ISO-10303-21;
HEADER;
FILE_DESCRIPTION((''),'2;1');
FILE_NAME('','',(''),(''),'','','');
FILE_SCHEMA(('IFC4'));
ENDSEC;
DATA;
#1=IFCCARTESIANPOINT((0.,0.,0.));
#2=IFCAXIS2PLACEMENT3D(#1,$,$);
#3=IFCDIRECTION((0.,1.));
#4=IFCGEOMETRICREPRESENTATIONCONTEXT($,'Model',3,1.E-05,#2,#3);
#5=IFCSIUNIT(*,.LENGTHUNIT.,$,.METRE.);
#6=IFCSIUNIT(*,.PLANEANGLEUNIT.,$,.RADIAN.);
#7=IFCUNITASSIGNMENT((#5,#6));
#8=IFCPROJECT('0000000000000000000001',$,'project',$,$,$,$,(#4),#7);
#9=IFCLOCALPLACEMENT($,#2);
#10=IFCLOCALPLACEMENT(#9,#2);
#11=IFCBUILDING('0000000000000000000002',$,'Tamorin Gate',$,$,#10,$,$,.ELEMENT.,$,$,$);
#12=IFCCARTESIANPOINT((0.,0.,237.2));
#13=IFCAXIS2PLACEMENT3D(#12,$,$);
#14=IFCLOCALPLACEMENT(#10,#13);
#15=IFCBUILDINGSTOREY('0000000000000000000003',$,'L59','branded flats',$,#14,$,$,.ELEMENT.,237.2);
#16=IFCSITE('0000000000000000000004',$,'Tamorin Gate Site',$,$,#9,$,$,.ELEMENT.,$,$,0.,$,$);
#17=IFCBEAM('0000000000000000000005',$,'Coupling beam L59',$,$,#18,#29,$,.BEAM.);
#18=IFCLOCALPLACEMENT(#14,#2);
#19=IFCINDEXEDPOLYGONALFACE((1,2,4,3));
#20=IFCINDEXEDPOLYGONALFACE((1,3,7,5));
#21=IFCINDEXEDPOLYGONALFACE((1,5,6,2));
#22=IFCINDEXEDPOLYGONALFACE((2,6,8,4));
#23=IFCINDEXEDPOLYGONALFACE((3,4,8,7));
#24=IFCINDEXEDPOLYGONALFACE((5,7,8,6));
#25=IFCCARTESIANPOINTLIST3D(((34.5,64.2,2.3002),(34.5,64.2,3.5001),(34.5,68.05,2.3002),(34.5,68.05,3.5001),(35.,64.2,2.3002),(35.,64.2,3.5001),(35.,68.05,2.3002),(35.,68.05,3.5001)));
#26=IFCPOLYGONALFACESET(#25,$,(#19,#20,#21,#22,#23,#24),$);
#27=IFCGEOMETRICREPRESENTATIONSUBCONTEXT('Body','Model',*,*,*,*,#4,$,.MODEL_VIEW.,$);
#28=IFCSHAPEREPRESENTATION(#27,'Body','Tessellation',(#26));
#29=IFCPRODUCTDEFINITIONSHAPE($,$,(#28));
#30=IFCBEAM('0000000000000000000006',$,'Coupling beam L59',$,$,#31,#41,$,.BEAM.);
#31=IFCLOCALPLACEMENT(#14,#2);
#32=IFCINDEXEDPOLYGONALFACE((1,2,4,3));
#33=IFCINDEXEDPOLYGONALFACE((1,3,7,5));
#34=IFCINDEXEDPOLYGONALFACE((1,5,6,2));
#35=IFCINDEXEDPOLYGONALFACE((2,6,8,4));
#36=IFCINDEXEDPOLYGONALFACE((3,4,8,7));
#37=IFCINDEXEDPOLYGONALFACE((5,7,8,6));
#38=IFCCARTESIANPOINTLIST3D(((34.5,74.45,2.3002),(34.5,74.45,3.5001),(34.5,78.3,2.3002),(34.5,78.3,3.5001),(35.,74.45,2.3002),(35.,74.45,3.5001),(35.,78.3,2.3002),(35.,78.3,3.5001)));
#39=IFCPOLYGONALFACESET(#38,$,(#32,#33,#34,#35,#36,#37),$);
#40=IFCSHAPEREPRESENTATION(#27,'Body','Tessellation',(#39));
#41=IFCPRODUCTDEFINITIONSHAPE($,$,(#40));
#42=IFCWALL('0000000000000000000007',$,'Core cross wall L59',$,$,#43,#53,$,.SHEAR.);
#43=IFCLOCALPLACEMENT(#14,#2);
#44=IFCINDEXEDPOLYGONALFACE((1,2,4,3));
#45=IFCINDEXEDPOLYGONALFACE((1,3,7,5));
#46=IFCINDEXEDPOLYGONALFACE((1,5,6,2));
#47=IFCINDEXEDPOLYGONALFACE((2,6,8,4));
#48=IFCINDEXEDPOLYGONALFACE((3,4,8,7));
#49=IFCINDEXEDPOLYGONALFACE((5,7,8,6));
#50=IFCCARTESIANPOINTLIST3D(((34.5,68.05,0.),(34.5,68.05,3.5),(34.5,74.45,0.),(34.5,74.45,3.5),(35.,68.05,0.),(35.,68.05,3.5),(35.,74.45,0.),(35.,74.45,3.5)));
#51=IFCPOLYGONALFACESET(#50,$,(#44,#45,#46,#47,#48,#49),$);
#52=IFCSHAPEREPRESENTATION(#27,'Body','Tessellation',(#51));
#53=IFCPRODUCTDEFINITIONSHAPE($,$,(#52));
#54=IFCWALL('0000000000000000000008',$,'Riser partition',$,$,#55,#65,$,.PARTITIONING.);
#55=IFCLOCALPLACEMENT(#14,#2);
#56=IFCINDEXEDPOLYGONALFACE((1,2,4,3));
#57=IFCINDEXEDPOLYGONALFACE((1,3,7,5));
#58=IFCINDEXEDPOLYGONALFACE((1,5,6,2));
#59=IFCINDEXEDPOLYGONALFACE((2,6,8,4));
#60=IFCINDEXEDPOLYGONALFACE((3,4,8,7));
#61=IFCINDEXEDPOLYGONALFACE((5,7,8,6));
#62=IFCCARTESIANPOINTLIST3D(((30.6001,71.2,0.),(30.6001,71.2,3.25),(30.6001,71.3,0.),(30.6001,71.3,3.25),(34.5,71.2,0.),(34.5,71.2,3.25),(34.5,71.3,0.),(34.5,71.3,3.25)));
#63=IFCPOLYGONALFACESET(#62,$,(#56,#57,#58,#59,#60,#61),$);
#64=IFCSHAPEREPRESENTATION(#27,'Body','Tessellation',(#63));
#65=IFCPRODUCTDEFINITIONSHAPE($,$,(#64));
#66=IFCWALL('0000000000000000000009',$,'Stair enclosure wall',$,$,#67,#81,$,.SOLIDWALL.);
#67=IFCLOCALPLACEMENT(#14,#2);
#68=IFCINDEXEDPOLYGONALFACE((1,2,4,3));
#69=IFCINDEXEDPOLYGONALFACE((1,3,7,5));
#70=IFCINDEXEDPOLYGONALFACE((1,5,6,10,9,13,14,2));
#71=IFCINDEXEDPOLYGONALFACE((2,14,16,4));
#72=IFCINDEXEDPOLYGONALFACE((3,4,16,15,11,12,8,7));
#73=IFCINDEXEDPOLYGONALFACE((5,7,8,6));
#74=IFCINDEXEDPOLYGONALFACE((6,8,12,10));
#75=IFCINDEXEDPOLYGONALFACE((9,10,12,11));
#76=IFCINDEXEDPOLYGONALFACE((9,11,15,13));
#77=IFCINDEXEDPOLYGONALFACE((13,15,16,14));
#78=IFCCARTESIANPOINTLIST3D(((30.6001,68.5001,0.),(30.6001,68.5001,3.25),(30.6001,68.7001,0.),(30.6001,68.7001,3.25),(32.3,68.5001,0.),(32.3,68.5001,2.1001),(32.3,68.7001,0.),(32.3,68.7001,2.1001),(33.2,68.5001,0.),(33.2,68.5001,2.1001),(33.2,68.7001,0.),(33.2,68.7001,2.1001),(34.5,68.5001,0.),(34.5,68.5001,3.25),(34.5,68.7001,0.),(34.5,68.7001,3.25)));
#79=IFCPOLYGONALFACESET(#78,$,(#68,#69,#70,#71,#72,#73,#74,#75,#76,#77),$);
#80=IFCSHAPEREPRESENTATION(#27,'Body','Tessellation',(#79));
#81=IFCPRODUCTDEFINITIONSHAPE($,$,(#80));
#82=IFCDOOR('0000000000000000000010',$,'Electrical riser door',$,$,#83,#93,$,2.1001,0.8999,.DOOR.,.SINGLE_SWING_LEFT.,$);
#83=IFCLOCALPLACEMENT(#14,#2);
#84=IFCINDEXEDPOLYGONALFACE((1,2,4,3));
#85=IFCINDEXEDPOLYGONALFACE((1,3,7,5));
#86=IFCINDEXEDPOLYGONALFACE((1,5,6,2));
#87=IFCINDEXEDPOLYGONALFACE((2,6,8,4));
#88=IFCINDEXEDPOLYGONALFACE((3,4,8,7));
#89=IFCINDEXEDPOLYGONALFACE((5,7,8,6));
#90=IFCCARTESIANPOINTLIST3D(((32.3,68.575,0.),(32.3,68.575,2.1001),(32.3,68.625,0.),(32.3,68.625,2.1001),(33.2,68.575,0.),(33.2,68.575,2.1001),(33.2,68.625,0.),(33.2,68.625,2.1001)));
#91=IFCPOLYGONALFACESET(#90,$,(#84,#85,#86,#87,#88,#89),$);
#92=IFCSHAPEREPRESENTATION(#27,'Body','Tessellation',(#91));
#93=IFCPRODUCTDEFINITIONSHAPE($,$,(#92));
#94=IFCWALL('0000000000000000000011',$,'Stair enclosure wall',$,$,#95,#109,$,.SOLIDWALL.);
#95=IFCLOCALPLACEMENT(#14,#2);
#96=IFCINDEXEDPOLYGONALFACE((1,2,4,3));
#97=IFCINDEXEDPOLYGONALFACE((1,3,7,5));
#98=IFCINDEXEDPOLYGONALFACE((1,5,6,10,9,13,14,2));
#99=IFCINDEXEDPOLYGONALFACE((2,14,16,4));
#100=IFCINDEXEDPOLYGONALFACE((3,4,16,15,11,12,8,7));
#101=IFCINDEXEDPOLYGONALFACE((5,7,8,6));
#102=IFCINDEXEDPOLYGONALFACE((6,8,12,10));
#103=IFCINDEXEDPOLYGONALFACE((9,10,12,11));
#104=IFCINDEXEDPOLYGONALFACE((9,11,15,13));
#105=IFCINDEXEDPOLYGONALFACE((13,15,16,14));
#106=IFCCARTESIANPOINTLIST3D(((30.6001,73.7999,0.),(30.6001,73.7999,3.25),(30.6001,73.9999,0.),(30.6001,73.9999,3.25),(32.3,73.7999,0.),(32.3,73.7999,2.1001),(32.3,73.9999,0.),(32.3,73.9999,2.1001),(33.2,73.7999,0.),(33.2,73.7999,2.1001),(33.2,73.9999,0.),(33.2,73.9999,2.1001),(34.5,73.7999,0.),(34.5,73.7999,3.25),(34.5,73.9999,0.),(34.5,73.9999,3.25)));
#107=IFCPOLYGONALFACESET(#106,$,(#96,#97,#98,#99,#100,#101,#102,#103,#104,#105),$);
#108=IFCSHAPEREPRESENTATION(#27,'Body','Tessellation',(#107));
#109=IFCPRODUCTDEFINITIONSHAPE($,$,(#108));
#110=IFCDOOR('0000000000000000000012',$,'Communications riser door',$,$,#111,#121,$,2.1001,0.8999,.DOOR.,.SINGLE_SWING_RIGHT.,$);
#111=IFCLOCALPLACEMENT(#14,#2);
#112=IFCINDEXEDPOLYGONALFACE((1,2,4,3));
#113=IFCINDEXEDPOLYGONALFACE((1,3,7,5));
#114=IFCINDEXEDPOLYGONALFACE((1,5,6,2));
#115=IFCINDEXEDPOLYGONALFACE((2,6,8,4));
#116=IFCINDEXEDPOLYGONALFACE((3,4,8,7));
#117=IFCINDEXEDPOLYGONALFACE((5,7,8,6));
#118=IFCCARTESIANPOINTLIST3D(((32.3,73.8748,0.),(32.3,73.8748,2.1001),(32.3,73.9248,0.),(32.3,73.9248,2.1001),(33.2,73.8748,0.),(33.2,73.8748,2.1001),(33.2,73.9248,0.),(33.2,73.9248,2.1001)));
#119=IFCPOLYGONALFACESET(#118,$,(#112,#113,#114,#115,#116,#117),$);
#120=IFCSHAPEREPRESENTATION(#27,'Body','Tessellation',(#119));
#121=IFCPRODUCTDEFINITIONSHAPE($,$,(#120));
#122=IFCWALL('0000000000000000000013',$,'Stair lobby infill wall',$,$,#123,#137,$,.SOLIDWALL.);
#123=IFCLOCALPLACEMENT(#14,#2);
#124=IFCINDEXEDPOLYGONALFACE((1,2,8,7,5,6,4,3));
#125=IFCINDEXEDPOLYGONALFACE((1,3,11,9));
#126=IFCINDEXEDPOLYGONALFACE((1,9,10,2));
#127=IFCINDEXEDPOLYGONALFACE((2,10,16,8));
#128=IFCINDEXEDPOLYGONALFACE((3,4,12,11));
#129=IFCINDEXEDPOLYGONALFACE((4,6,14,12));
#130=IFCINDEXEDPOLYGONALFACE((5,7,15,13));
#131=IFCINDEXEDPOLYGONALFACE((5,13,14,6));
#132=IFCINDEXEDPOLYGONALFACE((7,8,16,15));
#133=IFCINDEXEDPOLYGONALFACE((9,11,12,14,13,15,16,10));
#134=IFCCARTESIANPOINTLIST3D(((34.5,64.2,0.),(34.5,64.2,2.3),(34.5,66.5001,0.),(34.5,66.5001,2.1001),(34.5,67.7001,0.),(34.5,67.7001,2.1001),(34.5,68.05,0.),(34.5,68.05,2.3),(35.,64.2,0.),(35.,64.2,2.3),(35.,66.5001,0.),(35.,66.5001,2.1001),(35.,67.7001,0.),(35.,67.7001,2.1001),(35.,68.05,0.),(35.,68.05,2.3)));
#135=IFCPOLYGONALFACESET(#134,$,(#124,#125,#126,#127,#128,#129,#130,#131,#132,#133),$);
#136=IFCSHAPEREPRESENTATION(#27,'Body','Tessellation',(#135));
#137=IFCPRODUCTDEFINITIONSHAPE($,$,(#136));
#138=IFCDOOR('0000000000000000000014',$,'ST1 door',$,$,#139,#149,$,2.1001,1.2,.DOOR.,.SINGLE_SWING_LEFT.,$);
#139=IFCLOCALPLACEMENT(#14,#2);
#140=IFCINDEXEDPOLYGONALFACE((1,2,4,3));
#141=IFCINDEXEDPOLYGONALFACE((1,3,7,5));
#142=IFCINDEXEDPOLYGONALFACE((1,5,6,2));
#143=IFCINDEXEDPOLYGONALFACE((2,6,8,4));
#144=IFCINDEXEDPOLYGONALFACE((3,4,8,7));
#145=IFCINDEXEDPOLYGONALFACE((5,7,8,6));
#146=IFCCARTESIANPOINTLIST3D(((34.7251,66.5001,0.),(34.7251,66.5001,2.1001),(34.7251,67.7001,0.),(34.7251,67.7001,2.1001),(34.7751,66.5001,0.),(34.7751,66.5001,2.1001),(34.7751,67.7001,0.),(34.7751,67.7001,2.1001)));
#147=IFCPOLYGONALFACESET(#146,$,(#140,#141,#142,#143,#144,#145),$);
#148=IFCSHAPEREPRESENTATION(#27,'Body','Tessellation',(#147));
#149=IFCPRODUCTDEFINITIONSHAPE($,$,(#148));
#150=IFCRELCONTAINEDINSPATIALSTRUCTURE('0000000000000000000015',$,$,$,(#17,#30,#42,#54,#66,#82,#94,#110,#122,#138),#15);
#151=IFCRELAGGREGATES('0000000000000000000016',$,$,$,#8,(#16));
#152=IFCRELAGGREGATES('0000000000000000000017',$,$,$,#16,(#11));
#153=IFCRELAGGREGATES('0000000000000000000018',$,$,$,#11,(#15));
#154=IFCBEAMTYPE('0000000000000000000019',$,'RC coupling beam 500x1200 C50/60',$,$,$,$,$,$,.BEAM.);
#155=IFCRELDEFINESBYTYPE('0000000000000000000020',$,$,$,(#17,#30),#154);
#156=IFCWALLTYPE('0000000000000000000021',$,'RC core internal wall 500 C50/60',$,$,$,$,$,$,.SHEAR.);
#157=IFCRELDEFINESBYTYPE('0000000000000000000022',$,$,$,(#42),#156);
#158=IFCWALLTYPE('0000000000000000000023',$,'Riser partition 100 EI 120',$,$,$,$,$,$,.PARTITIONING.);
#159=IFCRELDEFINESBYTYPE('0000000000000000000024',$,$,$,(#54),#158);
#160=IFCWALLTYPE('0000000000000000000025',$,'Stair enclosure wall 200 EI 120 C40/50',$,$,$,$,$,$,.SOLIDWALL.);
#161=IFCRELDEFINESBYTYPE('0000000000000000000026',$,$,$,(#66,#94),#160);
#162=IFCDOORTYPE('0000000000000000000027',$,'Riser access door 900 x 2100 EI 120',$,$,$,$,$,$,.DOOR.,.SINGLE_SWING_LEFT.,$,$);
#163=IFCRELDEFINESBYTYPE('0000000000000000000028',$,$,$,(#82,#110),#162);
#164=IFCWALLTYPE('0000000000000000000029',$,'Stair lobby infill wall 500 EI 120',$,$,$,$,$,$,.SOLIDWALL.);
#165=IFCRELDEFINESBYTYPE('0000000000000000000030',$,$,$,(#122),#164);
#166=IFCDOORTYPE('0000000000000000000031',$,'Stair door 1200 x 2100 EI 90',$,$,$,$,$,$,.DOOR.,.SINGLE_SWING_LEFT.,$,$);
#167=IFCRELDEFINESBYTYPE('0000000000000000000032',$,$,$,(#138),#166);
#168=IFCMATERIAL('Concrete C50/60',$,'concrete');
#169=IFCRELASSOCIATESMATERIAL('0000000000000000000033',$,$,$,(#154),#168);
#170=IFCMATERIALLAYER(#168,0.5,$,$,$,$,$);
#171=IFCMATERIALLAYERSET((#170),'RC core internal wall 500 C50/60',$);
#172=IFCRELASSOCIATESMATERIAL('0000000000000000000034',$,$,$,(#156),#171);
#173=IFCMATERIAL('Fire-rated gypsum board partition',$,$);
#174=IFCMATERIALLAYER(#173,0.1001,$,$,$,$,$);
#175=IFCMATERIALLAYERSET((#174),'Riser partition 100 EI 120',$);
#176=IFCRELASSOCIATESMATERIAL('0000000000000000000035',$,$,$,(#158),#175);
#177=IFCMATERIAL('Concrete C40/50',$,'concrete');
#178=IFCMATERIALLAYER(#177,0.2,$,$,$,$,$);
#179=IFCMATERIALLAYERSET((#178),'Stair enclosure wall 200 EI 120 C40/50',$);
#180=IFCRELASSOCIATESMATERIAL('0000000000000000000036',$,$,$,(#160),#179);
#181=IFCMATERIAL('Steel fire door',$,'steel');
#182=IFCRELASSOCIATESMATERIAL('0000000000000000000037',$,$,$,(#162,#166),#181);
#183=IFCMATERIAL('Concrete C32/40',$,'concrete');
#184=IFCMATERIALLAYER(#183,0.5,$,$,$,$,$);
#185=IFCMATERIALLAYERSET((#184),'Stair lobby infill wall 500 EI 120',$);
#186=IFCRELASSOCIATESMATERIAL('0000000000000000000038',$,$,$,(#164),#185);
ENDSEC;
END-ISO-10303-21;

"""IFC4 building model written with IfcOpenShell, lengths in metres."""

from ifc_helpers import new_model, si_unit, direction, frame, frame_2d, origin, origin_2d, place, context, subcontext, project, spatial, rectangle, extrude, material, layer, layer_set, material_profile, profile_set, type_object, element, fill, save


model = new_model("IFC4")

# Units and contexts
model_context = context("Model", 3, precision=1e-05, world=origin(), true_north=direction((0.0, 1.0)))
body_context = subcontext(model_context, "Body", "Model", "MODEL_VIEW")
ifc_project = project(units=[si_unit("LENGTHUNIT", "METRE"), si_unit("PLANEANGLEUNIT", "RADIAN")], contexts=[model_context])

# Site, building, storey
site_placement = place(None, origin())
site = spatial("IfcSite", under=ifc_project, at=site_placement, Name="Tamorin Gate Site", CompositionType="ELEMENT", RefElevation=0.0)
building_placement = place(site_placement, origin())
building = spatial("IfcBuilding", under=site, at=building_placement, Name="Tamorin Gate", CompositionType="ELEMENT")
storey_placement = place(building_placement, frame((0.0, 0.0, 237.2)))
storey = spatial("IfcBuildingStorey", under=building, at=storey_placement, Name="L59", Description="branded flats", CompositionType="ELEMENT", Elevation=237.2)

# Beams
ifc_material_1 = material(Name="Concrete C50/60", Category="concrete")
ifc_material_profile = material_profile(ifc_material_1, rectangle(XDim=0.5, YDim=1.2, at=origin_2d()), Name="RC 500x1200")
ifc_profile_set = profile_set([ifc_material_profile], Name="Concrete C50/60")
beam_type = type_object("IfcBeamType", Name="RC coupling beam 500x1200 C50/60", PredefinedType="BEAM", material=ifc_profile_set)
for number, where, z_axis, x_axis, name in (
    (1, (34.75, 64.2, 2.9001), (0.0, 1.0, 0.0), (-1.0, 0.0, 0.0), "Coupling beam L59"),
    (2, (34.75, 74.45, 2.9001), (0.0, 1.0, 0.0), (-1.0, 0.0, 0.0), "Coupling beam L59"),
):
    element("IfcBeam", number, at=place(storey_placement, frame(where, z_axis=z_axis, x_axis=x_axis)), inside=storey, type_object=beam_type, Name=name, PredefinedType="BEAM", context=body_context, shape_type="SweptSolid", body=[
        extrude(rectangle(XDim=0.5, YDim=1.2, at=origin_2d()), origin(), (0.0, 0.0, 1.0), 3.8501),
    ])

# Walls
ifc_layer_1 = layer(ifc_material_1, 0.5)
ifc_layer_set_1 = layer_set([ifc_layer_1], Name="RC core internal wall 500 C50/60")
wall_type_1 = type_object("IfcWallType", Name="RC core internal wall 500 C50/60", PredefinedType="SHEAR", material=ifc_layer_set_1)
wall_1_placement = place(storey_placement, frame((34.75, 68.05, 0.0), z_axis=(0.0, 0.0, 1.0), x_axis=(0.0, 1.0, 0.0)))
element("IfcWall", 3, at=wall_1_placement, inside=storey, type_object=wall_type_1, Name="Core cross wall L59", PredefinedType="SHEAR", context=body_context, shape_type="SweptSolid", body=[
    extrude(rectangle(XDim=6.3999, YDim=0.5, at=frame_2d((3.2, 0.0))), origin(), (0.0, 0.0, 1.0), 3.5),
])
ifc_material_2 = material(Name="Fire-rated gypsum board partition")
ifc_layer_2 = layer(ifc_material_2, 0.1001)
ifc_layer_set_2 = layer_set([ifc_layer_2], Name="Riser partition 100 EI 120")
wall_type_2 = type_object("IfcWallType", Name="Riser partition 100 EI 120", PredefinedType="PARTITIONING", material=ifc_layer_set_2)
wall_2_placement = place(storey_placement, frame((30.6001, 71.25, 0.0), z_axis=(0.0, 0.0, 1.0), x_axis=(1.0, 0.0, 0.0)))
element("IfcWall", 4, at=wall_2_placement, inside=storey, type_object=wall_type_2, Name="Riser partition", PredefinedType="PARTITIONING", context=body_context, shape_type="SweptSolid", body=[
    extrude(rectangle(XDim=3.8999, YDim=0.1001, at=frame_2d((1.95, 0.0))), origin(), (0.0, 0.0, 1.0), 3.25),
])

# Walls, openings, doors
ifc_material_3 = material(Name="Concrete C40/50", Category="concrete")
ifc_layer_3 = layer(ifc_material_3, 0.2)
ifc_layer_set_3 = layer_set([ifc_layer_3], Name="Stair enclosure wall 200 EI 120 C40/50")
wall_type_3 = type_object("IfcWallType", Name="Stair enclosure wall 200 EI 120 C40/50", PredefinedType="SOLIDWALL", material=ifc_layer_set_3)
wall_3_placement = place(storey_placement, frame((30.6001, 68.6001, 0.0), z_axis=(0.0, 0.0, 1.0), x_axis=(1.0, 0.0, 0.0)))
wall_3 = element("IfcWall", 5, at=wall_3_placement, inside=storey, type_object=wall_type_3, Name="Stair enclosure wall", PredefinedType="SOLIDWALL", context=body_context, shape_type="SweptSolid", body=[
    extrude(rectangle(XDim=3.8999, YDim=0.2, at=frame_2d((1.95, 0.0))), origin(), (0.0, 0.0, 1.0), 3.25),
])
opening_1_placement = place(wall_3_placement, frame((1.7, 0.0, 0.0)))
opening_1 = element("IfcOpeningElement", 6, at=opening_1_placement, cuts=wall_3, PredefinedType="OPENING", context=body_context, shape_type="SweptSolid", body=[
    extrude(rectangle(XDim=0.8999, YDim=2.1001, at=frame_2d((0.45, 1.05))), frame((0.0, 0.1099, 0.0), z_axis=(0.0, -1.0, 0.0), x_axis=(1.0, 0.0, 0.0)), (0.0, 0.0, 1.0), 0.22),
])
ifc_material_4 = material(Name="Steel fire door", Category="steel")
door_type_1 = type_object("IfcDoorType", Name="Riser access door 900 x 2100 EI 120", OperationType="SINGLE_SWING_LEFT", PredefinedType="DOOR", material=ifc_material_4)
door_1_placement = place(opening_1_placement, origin())
door_1 = element("IfcDoor", 7, at=door_1_placement, inside=storey, type_object=door_type_1, Name="Electrical riser door", OperationType="SINGLE_SWING_LEFT", OverallHeight=2.1001, OverallWidth=0.8999, PredefinedType="DOOR", context=body_context, shape_type="SweptSolid", body=[
    extrude(rectangle(XDim=0.8999, YDim=2.1001, at=frame_2d((0.45, 1.05))), frame((0.0, 0.0249, 0.0), z_axis=(0.0, -1.0, 0.0), x_axis=(1.0, 0.0, 0.0)), (0.0, 0.0, 1.0), 0.05),
])
fill(opening_1, door_1)
wall_4_placement = place(storey_placement, frame((30.6001, 73.8999, 0.0), z_axis=(0.0, 0.0, 1.0), x_axis=(1.0, 0.0, 0.0)))
wall_4 = element("IfcWall", 8, at=wall_4_placement, inside=storey, type_object=wall_type_3, Name="Stair enclosure wall", PredefinedType="SOLIDWALL", context=body_context, shape_type="SweptSolid", body=[
    extrude(rectangle(XDim=3.8999, YDim=0.2, at=frame_2d((1.95, 0.0))), origin(), (0.0, 0.0, 1.0), 3.25),
])
opening_2_placement = place(wall_4_placement, frame((1.7, 0.0, 0.0)))
opening_2 = element("IfcOpeningElement", 9, at=opening_2_placement, cuts=wall_4, PredefinedType="OPENING", context=body_context, shape_type="SweptSolid", body=[
    extrude(rectangle(XDim=0.8999, YDim=2.1001, at=frame_2d((0.45, 1.05))), frame((0.0, 0.1099, 0.0), z_axis=(0.0, -1.0, 0.0), x_axis=(1.0, 0.0, 0.0)), (0.0, 0.0, 1.0), 0.22),
])
door_2_placement = place(opening_2_placement, origin())
door_2 = element("IfcDoor", 10, at=door_2_placement, inside=storey, type_object=door_type_1, Name="Communications riser door", OperationType="SINGLE_SWING_RIGHT", OverallHeight=2.1001, OverallWidth=0.8999, PredefinedType="DOOR", context=body_context, shape_type="SweptSolid", body=[
    extrude(rectangle(XDim=0.8999, YDim=2.1001, at=frame_2d((0.45, 1.05))), frame((0.0, 0.0249, 0.0), z_axis=(0.0, -1.0, 0.0), x_axis=(1.0, 0.0, 0.0)), (0.0, 0.0, 1.0), 0.05),
])
fill(opening_2, door_2)
ifc_material_5 = material(Name="Concrete C32/40", Category="concrete")
ifc_layer_4 = layer(ifc_material_5, 0.5)
ifc_layer_set_4 = layer_set([ifc_layer_4], Name="Stair lobby infill wall 500 EI 120")
wall_type_4 = type_object("IfcWallType", Name="Stair lobby infill wall 500 EI 120", PredefinedType="SOLIDWALL", material=ifc_layer_set_4)
wall_5_placement = place(storey_placement, frame((34.75, 64.2, 0.0), z_axis=(0.0, 0.0, 1.0), x_axis=(0.0, 1.0, 0.0)))
wall_5 = element("IfcWall", 11, at=wall_5_placement, inside=storey, type_object=wall_type_4, Name="Stair lobby infill wall", PredefinedType="SOLIDWALL", context=body_context, shape_type="SweptSolid", body=[
    extrude(rectangle(XDim=3.8501, YDim=0.5, at=frame_2d((1.925, 0.0))), origin(), (0.0, 0.0, 1.0), 2.3),
])
opening_3_placement = place(wall_5_placement, frame((2.3, 0.0, 0.0)))
opening_3 = element("IfcOpeningElement", 12, at=opening_3_placement, cuts=wall_5, PredefinedType="OPENING", context=body_context, shape_type="SweptSolid", body=[
    extrude(rectangle(XDim=1.2, YDim=2.1001, at=frame_2d((0.6001, 1.05))), frame((0.0, 0.26, 0.0), z_axis=(0.0, -1.0, 0.0), x_axis=(1.0, 0.0, 0.0)), (0.0, 0.0, 1.0), 0.52),
])
door_type_2 = type_object("IfcDoorType", Name="Stair door 1200 x 2100 EI 90", OperationType="SINGLE_SWING_LEFT", PredefinedType="DOOR", material=ifc_material_4)
door_3_placement = place(opening_3_placement, origin())
door_3 = element("IfcDoor", 13, at=door_3_placement, inside=storey, type_object=door_type_2, Name="ST1 door", OperationType="SINGLE_SWING_LEFT", OverallHeight=2.1001, OverallWidth=1.2, PredefinedType="DOOR", context=body_context, shape_type="SweptSolid", body=[
    extrude(rectangle(XDim=1.2, YDim=2.1001, at=frame_2d((0.6001, 1.05))), frame((0.0, 0.0249, 0.0), z_axis=(0.0, -1.0, 0.0), x_axis=(1.0, 0.0, 0.0)), (0.0, 0.0, 1.0), 0.05),
])
fill(opening_3, door_3)

save(model, "model.ifc")
